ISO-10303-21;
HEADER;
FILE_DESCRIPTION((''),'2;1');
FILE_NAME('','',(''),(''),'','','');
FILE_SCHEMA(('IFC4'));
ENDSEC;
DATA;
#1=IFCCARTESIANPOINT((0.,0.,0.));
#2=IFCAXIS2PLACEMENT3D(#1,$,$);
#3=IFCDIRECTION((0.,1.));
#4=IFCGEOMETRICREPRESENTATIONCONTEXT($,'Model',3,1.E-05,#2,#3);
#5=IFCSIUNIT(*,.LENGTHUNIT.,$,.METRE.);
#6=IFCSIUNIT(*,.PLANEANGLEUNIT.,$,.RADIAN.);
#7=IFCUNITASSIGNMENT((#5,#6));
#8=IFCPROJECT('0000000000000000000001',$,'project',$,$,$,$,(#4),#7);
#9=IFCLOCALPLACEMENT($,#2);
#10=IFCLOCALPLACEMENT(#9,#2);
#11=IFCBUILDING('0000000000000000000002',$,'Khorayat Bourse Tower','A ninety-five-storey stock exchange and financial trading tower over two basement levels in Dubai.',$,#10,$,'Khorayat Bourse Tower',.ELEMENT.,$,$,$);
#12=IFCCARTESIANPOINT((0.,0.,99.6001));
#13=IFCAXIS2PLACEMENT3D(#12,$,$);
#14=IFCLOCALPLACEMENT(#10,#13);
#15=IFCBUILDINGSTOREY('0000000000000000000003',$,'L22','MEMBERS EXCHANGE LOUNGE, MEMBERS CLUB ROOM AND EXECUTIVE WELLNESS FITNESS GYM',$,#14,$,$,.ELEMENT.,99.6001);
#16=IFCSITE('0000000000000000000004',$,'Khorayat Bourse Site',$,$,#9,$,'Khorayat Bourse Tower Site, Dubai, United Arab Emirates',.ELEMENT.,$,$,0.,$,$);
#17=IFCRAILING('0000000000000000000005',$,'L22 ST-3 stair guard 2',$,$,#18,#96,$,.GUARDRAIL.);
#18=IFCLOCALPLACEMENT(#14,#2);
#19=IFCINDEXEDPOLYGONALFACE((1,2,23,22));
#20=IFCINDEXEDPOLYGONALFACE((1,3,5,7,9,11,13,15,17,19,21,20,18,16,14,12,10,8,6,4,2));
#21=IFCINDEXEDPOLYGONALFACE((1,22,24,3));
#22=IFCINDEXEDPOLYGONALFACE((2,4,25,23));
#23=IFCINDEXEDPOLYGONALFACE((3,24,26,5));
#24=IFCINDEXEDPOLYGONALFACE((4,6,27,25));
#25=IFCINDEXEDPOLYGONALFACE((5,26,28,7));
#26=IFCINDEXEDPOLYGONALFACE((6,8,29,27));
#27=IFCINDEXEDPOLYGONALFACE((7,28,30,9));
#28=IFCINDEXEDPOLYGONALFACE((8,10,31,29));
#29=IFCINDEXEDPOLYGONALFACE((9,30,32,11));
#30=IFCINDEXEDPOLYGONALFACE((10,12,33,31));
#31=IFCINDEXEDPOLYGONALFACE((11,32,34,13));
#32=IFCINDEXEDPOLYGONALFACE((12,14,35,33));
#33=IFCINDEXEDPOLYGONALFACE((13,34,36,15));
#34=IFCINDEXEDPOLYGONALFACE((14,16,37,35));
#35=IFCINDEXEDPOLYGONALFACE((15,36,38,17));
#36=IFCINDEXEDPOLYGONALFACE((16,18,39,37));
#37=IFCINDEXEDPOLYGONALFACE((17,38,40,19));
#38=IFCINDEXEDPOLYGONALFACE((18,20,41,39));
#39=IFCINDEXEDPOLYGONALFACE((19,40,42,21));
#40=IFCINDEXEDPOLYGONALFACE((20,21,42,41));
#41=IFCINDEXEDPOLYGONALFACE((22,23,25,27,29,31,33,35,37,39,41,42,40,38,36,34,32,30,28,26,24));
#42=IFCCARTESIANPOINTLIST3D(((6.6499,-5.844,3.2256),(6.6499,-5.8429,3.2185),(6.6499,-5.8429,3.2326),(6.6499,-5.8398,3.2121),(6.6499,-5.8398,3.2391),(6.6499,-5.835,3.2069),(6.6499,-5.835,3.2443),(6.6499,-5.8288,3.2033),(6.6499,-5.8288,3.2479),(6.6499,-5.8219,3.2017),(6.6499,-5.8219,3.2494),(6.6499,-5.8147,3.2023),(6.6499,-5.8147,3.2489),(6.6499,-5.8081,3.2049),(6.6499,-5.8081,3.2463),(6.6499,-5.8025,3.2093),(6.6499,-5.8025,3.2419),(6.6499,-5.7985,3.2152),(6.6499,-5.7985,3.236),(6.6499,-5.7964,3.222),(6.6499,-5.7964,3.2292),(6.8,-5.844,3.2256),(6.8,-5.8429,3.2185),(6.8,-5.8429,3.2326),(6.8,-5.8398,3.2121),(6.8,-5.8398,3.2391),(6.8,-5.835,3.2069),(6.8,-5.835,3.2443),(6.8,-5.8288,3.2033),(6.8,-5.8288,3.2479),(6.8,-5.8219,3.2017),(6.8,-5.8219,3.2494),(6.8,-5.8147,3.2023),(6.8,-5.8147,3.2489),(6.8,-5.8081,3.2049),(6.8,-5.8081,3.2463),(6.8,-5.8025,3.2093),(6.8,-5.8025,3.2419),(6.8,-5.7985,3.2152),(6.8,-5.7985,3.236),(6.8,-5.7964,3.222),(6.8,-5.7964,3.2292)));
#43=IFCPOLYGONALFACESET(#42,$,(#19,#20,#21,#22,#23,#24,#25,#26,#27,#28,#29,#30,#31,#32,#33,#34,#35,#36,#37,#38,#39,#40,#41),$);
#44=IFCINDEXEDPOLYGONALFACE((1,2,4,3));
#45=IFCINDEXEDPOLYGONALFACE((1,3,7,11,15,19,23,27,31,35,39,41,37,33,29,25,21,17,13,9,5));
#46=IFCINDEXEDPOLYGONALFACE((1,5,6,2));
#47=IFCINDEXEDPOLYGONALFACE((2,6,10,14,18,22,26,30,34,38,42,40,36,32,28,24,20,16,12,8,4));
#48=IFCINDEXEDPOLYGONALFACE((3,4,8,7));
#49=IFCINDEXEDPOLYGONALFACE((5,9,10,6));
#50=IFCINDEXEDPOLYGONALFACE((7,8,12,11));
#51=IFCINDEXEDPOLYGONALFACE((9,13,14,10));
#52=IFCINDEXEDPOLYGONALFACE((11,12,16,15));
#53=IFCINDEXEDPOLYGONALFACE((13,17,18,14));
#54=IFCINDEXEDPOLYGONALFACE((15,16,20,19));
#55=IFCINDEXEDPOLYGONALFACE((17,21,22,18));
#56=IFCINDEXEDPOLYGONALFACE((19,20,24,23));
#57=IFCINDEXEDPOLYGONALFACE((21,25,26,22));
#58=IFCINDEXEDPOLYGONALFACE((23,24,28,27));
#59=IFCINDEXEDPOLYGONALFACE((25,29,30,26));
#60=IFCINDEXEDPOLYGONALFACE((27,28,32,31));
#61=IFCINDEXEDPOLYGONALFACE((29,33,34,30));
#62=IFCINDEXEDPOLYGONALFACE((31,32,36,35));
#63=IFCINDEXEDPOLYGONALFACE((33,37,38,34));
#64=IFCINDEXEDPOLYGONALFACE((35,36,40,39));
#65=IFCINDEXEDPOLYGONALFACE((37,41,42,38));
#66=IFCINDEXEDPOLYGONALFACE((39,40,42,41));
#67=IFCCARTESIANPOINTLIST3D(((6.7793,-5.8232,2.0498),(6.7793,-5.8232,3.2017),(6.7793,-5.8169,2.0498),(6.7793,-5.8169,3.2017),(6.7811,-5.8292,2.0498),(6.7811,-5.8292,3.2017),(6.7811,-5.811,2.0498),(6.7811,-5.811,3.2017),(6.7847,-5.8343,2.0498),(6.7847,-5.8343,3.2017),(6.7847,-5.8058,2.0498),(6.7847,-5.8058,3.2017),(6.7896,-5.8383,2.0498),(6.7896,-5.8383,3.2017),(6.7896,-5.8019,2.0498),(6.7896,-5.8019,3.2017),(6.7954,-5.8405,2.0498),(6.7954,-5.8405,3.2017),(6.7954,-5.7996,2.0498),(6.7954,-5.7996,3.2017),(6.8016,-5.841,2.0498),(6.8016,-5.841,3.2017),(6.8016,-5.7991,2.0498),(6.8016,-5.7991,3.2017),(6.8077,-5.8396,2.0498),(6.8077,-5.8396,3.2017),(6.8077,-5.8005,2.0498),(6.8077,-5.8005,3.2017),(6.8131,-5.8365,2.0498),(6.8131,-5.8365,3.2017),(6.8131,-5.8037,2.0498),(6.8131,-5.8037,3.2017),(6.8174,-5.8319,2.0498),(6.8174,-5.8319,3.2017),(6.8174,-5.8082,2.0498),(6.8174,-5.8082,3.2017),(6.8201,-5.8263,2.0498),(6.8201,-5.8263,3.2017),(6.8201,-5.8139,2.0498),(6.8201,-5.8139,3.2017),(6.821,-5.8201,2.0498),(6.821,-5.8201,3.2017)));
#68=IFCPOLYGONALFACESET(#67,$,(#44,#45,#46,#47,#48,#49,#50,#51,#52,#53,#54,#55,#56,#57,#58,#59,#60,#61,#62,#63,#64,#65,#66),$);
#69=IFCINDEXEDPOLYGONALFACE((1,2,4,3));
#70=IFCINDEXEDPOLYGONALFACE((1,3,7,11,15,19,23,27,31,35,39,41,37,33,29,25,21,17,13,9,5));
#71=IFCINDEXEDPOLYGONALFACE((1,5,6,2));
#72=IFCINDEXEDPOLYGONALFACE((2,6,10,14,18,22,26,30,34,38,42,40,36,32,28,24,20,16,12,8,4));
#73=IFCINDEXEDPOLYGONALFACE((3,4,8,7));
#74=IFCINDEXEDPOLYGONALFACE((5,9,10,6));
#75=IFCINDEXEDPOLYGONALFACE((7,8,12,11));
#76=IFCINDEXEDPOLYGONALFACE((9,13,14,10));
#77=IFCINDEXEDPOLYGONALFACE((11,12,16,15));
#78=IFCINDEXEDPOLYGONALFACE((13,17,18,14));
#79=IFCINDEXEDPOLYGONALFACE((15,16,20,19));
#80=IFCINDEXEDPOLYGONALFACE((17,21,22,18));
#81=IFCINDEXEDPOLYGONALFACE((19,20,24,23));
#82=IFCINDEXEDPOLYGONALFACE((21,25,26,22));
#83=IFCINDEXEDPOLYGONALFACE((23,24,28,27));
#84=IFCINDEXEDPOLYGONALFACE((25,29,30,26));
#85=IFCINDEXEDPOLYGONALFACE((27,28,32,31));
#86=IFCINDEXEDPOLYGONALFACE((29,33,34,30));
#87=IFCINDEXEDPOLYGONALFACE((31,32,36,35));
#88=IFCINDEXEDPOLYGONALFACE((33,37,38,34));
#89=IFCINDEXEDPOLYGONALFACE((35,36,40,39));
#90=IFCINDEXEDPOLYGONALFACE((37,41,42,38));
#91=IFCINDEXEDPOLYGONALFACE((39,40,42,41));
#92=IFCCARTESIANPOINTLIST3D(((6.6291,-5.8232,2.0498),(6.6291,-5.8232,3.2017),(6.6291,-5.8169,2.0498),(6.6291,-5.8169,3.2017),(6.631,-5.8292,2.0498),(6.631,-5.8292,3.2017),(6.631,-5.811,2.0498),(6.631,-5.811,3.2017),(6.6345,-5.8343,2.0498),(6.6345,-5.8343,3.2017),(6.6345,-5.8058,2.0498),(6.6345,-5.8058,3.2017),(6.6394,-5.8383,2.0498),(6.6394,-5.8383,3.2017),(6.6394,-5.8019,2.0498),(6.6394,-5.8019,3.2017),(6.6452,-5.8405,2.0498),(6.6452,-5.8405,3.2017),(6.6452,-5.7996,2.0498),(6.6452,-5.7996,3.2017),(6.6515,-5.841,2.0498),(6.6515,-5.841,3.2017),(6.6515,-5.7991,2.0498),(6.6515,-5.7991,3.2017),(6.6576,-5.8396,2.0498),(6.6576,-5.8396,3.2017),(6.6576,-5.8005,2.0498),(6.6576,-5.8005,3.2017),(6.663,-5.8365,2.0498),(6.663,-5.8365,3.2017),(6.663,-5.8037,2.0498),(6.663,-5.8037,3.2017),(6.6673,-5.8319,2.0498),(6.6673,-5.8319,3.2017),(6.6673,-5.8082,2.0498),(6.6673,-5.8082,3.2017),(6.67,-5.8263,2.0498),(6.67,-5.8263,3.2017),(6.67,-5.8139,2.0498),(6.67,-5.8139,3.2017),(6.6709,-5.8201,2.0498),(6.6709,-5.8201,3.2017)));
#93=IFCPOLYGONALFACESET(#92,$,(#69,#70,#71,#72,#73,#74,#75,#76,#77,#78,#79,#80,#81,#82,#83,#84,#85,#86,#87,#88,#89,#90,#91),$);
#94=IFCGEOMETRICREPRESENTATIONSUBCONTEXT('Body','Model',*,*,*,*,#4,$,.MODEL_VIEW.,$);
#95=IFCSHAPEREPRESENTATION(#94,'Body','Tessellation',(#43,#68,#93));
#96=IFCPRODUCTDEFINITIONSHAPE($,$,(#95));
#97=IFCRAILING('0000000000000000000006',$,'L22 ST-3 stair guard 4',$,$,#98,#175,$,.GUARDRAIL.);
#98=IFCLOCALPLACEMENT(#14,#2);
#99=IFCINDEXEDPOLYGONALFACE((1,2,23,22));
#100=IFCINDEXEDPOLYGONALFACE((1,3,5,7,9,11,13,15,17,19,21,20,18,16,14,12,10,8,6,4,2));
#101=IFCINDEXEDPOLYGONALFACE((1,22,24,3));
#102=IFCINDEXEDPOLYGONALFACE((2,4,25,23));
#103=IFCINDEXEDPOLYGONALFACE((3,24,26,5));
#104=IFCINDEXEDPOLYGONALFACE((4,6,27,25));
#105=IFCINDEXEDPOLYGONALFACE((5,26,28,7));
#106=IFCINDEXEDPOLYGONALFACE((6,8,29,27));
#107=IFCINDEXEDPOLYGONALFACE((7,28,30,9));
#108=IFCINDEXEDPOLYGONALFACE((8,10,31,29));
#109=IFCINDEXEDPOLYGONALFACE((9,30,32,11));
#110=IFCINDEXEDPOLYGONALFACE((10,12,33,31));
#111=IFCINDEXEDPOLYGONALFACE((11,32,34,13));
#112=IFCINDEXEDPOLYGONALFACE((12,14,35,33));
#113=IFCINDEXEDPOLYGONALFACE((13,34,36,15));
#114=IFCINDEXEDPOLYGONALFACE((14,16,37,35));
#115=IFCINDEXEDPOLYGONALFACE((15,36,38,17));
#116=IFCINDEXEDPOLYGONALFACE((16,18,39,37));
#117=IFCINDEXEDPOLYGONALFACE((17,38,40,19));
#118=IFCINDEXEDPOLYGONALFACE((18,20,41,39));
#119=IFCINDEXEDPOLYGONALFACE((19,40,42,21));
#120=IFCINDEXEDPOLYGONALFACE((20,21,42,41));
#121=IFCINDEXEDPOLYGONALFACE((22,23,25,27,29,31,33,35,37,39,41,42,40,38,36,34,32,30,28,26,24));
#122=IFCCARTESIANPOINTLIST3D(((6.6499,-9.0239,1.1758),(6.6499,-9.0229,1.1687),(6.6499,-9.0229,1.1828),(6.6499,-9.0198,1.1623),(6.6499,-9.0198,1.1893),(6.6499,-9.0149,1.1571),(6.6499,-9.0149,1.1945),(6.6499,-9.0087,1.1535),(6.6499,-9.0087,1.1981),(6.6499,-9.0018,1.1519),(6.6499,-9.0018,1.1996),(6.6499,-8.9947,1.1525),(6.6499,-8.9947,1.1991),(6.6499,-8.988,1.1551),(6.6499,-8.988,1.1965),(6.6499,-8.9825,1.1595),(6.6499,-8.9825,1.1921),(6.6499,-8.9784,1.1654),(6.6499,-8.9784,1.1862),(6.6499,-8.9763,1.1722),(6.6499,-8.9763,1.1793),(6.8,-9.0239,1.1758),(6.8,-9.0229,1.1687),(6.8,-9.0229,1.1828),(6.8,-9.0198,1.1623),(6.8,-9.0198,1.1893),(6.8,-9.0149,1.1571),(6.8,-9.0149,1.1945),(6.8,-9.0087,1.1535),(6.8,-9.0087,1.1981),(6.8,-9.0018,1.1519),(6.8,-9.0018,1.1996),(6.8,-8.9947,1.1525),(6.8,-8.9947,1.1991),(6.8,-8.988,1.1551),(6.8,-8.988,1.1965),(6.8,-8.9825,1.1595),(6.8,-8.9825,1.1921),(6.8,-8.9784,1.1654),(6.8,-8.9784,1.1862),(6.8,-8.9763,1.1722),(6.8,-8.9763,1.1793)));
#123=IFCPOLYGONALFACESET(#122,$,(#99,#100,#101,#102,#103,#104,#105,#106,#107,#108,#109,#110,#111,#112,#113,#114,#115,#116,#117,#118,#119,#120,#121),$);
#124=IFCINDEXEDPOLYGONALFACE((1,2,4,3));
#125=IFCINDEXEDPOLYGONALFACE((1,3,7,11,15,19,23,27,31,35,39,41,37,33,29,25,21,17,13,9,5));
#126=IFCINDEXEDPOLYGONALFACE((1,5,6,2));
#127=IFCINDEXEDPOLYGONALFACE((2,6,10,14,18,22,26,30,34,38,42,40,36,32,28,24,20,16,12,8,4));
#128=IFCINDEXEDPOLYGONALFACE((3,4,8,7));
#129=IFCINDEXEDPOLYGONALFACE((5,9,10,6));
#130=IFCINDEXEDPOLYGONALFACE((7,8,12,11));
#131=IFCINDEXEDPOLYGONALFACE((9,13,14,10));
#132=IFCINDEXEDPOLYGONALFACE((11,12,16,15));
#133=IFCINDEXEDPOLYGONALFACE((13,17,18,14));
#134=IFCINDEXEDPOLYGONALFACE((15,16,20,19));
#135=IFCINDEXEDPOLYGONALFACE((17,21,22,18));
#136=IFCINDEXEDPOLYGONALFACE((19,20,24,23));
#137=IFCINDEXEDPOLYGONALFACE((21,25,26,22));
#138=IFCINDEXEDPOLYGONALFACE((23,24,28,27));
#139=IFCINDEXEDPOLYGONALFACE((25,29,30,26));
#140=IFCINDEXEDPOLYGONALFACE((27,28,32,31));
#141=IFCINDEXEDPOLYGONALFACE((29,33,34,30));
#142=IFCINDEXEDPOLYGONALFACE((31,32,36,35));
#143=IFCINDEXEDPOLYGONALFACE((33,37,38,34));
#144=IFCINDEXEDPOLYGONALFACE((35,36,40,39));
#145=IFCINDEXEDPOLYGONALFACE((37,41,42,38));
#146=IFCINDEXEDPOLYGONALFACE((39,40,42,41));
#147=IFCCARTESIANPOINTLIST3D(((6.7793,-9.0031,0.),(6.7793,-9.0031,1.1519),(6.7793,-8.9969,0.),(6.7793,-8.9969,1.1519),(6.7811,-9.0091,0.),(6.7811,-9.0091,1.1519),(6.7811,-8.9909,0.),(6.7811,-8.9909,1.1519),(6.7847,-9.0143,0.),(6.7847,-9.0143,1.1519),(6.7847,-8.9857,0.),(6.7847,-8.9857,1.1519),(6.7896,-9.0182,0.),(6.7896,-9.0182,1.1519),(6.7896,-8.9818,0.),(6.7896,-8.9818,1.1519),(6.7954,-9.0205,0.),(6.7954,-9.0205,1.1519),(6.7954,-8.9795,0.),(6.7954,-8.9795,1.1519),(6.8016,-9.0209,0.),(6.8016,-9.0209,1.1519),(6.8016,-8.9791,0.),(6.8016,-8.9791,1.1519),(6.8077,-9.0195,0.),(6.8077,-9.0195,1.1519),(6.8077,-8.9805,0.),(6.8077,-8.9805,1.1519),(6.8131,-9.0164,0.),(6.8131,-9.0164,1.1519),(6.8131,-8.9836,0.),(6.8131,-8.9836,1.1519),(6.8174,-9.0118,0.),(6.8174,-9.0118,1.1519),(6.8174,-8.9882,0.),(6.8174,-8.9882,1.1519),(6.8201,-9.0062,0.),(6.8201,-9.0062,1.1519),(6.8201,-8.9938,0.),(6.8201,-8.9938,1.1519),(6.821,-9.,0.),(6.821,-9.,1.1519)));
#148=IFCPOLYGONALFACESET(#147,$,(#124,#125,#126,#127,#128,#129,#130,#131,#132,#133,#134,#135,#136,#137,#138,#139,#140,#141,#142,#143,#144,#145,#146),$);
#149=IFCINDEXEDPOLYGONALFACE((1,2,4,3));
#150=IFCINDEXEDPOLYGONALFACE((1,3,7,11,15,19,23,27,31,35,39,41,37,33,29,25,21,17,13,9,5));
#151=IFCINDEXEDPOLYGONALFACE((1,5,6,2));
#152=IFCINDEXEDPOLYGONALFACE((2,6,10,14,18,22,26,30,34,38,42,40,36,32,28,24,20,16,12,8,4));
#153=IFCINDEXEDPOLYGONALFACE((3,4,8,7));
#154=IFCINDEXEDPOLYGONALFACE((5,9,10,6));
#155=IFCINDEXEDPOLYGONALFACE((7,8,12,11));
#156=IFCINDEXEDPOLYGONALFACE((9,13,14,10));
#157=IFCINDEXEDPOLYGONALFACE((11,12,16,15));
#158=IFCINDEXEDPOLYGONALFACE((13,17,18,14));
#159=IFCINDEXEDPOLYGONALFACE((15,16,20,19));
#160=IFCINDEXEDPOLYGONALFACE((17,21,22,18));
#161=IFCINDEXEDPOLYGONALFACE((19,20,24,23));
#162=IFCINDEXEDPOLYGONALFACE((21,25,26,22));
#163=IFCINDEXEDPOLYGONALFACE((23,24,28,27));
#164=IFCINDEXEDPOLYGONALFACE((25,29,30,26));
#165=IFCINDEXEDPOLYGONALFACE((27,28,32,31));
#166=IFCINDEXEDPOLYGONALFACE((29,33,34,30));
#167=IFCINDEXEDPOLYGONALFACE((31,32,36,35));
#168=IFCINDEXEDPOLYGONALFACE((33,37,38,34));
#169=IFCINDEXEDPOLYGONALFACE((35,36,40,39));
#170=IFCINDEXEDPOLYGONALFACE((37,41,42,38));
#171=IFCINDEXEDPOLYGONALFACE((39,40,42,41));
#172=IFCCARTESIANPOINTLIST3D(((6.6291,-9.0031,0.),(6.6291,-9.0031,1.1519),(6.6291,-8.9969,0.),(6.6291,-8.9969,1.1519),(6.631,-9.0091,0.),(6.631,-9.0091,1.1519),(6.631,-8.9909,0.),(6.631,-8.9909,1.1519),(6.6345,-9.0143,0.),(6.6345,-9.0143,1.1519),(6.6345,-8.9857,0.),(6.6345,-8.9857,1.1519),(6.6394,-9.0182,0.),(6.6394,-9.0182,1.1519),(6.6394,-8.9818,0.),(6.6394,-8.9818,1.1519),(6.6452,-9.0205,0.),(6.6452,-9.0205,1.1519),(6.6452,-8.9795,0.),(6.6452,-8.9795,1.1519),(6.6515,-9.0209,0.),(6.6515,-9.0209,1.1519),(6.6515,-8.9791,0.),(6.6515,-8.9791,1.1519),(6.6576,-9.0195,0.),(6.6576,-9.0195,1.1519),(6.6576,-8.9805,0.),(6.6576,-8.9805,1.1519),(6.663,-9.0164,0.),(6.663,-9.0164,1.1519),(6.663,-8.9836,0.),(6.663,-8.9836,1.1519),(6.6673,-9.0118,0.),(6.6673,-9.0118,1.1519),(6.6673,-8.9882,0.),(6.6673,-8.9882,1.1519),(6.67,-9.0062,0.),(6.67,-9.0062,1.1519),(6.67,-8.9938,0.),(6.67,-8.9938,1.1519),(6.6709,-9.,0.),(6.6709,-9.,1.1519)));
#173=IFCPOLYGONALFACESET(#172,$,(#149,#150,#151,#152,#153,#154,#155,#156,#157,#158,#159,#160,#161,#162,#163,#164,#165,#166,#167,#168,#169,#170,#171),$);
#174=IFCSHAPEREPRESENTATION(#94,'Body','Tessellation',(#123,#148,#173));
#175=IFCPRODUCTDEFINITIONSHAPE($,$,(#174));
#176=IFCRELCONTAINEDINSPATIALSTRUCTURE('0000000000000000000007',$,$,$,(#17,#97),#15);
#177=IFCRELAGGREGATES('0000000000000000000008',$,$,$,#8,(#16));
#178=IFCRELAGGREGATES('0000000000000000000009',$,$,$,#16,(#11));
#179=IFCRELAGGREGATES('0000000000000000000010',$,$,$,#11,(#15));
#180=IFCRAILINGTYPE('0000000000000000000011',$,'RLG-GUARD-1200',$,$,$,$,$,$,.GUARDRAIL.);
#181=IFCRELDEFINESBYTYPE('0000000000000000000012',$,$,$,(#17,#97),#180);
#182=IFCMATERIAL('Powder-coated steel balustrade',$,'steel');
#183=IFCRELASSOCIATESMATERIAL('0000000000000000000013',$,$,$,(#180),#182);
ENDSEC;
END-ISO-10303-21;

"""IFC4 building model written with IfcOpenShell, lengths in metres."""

from ifc_helpers import new_model, si_unit, direction, frame, origin, origin_2d, place, context, subcontext, project, spatial, circle, extrude, source, transform, mapped, material, type_object, element, save


model = new_model("IFC4")

# Units and contexts
model_context = context("Model", 3, precision=1e-05, world=origin(), true_north=direction((0.0, 1.0)))
body_context = subcontext(model_context, "Body", "Model", "MODEL_VIEW")
ifc_project = project(units=[si_unit("LENGTHUNIT", "METRE"), si_unit("PLANEANGLEUNIT", "RADIAN")], contexts=[model_context])

# Site, building, storey
site_placement = place(None, origin())
site = spatial("IfcSite", under=ifc_project, at=site_placement, Name="Khorayat Bourse Site", LongName="Khorayat Bourse Tower Site, Dubai, United Arab Emirates", CompositionType="ELEMENT", RefElevation=0.0)
building_placement = place(site_placement, origin())
building = spatial("IfcBuilding", under=site, at=building_placement, Name="Khorayat Bourse Tower", Description="A ninety-five-storey stock exchange and financial trading tower over two basement levels in Dubai.", LongName="Khorayat Bourse Tower", CompositionType="ELEMENT")
storey_placement = place(building_placement, frame((0.0, 0.0, 99.6001)))
storey = spatial("IfcBuildingStorey", under=building, at=storey_placement, Name="L22", Description="MEMBERS EXCHANGE LOUNGE, MEMBERS CLUB ROOM AND EXECUTIVE WELLNESS FITNESS GYM", CompositionType="ELEMENT", Elevation=99.6001)

# Railings
ifc_material_1 = material(Name="Powder-coated steel balustrade", Category="steel")
railing_type_1 = type_object("IfcRailingType", Name="RLG-GUARD-1200", PredefinedType="GUARDRAIL", material=ifc_material_1)
shared_shape_1 = source(origin(), body_context, "Body", "SweptSolid", [
    extrude(circle(Radius=0.0239, at=origin_2d()), frame((0.0, 0.0, 1.1758), z_axis=(-1.0, 0.0, 0.0), x_axis=(0.0, -1.0, 0.0)), (0.0, 0.0, 1.0), 0.1501),
    extrude(circle(Radius=0.021, at=origin_2d()), origin(), (0.0, 0.0, 1.0), 1.1519),
    extrude(circle(Radius=0.021, at=origin_2d()), frame((-0.1501, 0.0, 0.0)), (0.0, 0.0, 1.0), 1.1519),
])
for number, where, name in (
    (1, (6.8, -5.8201, 2.0498), "L22 ST-3 stair guard 2"),
    (2, (6.8, -9.0, 0.0), "L22 ST-3 stair guard 4"),
):
    element("IfcRailing", number, at=place(storey_placement, frame(where)), inside=storey, type_object=railing_type_1, Name=name, PredefinedType="GUARDRAIL", context=body_context, shape_type="MappedRepresentation", body=[
        mapped(shared_shape_1, transform((0.0, 0.0, 0.0), scale=1.0)),
    ])

save(model, "model.ifc")
